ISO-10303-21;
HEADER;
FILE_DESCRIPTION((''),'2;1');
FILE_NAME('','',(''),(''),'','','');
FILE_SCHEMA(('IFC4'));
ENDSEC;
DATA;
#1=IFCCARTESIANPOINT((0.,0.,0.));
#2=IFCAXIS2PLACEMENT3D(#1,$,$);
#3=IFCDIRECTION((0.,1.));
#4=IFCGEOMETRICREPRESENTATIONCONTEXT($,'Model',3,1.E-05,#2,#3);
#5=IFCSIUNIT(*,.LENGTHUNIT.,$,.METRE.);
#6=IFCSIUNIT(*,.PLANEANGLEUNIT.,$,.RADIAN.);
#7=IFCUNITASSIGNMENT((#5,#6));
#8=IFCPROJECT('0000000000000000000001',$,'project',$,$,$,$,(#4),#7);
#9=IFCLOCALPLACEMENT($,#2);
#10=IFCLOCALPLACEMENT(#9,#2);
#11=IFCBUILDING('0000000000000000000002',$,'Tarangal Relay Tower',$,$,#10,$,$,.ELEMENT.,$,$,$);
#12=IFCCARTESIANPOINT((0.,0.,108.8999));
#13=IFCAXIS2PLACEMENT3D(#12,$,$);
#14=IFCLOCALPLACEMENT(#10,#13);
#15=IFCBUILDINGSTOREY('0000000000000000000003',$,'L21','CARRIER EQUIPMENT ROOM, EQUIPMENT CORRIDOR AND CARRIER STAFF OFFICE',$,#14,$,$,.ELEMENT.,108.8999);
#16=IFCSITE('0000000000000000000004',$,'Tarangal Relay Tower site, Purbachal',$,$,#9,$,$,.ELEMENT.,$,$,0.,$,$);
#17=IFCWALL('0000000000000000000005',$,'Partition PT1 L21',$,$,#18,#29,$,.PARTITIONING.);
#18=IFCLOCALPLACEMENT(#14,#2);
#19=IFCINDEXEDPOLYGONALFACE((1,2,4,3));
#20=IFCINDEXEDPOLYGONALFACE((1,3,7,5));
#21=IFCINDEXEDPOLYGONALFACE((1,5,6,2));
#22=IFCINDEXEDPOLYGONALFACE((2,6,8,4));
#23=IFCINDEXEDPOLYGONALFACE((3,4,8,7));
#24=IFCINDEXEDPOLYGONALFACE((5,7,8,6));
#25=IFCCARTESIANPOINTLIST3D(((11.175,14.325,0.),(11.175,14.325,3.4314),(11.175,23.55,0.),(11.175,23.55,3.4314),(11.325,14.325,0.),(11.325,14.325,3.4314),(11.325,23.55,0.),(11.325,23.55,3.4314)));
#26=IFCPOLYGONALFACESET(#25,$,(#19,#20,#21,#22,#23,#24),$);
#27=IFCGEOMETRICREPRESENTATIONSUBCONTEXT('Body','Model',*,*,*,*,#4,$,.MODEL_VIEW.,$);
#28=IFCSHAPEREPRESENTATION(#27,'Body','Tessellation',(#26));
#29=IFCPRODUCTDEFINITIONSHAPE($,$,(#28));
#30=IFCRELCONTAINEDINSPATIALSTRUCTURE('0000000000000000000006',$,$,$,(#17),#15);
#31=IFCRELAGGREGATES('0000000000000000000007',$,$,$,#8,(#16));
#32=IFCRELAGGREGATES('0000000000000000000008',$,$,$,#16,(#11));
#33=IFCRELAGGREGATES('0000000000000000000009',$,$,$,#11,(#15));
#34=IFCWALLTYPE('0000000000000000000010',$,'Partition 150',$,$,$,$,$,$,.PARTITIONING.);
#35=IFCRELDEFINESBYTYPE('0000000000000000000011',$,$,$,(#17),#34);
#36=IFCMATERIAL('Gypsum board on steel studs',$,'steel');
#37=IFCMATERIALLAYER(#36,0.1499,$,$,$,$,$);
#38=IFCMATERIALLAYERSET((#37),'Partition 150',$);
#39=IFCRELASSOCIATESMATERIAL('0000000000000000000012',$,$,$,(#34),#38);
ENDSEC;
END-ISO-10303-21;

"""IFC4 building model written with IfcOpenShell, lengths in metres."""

from ifc_helpers import new_model, si_unit, direction, frame, frame_2d, origin, place, context, subcontext, project, spatial, rectangle, extrude, material, layer, layer_set, type_object, element, save


model = new_model("IFC4")

# Units and contexts
model_context = context("Model", 3, precision=1e-05, world=origin(), true_north=direction((0.0, 1.0)))
body_context = subcontext(model_context, "Body", "Model", "MODEL_VIEW")
ifc_project = project(units=[si_unit("LENGTHUNIT", "METRE"), si_unit("PLANEANGLEUNIT", "RADIAN")], contexts=[model_context])

# Site, building, storey
site_placement = place(None, origin())
site = spatial("IfcSite", under=ifc_project, at=site_placement, Name="Tarangal Relay Tower site, Purbachal", CompositionType="ELEMENT", RefElevation=0.0)
building_placement = place(site_placement, origin())
building = spatial("IfcBuilding", under=site, at=building_placement, Name="Tarangal Relay Tower", CompositionType="ELEMENT")
storey_placement = place(building_placement, frame((0.0, 0.0, 108.8999)))
storey = spatial("IfcBuildingStorey", under=building, at=storey_placement, Name="L21", Description="CARRIER EQUIPMENT ROOM, EQUIPMENT CORRIDOR AND CARRIER STAFF OFFICE", CompositionType="ELEMENT", Elevation=108.8999)

# Wall
ifc_material_1 = material(Name="Gypsum board on steel studs", Category="steel")
ifc_layer_1 = layer(ifc_material_1, 0.1499)
ifc_layer_set_1 = layer_set([ifc_layer_1], Name="Partition 150")
wall_type_1 = type_object("IfcWallType", Name="Partition 150", PredefinedType="PARTITIONING", material=ifc_layer_set_1)
wall_1_placement = place(storey_placement, frame((11.25, 14.325, 0.0), z_axis=(0.0, 0.0, 1.0), x_axis=(0.0, 1.0, 0.0)))
element("IfcWall", 1, at=wall_1_placement, inside=storey, type_object=wall_type_1, Name="Partition PT1 L21", PredefinedType="PARTITIONING", context=body_context, shape_type="SweptSolid", body=[
    extrude(rectangle(XDim=9.2251, YDim=0.1499, at=frame_2d((4.6125, 0.0))), origin(), (0.0, 0.0, 1.0), 3.4314),
])

save(model, "model.ifc")
